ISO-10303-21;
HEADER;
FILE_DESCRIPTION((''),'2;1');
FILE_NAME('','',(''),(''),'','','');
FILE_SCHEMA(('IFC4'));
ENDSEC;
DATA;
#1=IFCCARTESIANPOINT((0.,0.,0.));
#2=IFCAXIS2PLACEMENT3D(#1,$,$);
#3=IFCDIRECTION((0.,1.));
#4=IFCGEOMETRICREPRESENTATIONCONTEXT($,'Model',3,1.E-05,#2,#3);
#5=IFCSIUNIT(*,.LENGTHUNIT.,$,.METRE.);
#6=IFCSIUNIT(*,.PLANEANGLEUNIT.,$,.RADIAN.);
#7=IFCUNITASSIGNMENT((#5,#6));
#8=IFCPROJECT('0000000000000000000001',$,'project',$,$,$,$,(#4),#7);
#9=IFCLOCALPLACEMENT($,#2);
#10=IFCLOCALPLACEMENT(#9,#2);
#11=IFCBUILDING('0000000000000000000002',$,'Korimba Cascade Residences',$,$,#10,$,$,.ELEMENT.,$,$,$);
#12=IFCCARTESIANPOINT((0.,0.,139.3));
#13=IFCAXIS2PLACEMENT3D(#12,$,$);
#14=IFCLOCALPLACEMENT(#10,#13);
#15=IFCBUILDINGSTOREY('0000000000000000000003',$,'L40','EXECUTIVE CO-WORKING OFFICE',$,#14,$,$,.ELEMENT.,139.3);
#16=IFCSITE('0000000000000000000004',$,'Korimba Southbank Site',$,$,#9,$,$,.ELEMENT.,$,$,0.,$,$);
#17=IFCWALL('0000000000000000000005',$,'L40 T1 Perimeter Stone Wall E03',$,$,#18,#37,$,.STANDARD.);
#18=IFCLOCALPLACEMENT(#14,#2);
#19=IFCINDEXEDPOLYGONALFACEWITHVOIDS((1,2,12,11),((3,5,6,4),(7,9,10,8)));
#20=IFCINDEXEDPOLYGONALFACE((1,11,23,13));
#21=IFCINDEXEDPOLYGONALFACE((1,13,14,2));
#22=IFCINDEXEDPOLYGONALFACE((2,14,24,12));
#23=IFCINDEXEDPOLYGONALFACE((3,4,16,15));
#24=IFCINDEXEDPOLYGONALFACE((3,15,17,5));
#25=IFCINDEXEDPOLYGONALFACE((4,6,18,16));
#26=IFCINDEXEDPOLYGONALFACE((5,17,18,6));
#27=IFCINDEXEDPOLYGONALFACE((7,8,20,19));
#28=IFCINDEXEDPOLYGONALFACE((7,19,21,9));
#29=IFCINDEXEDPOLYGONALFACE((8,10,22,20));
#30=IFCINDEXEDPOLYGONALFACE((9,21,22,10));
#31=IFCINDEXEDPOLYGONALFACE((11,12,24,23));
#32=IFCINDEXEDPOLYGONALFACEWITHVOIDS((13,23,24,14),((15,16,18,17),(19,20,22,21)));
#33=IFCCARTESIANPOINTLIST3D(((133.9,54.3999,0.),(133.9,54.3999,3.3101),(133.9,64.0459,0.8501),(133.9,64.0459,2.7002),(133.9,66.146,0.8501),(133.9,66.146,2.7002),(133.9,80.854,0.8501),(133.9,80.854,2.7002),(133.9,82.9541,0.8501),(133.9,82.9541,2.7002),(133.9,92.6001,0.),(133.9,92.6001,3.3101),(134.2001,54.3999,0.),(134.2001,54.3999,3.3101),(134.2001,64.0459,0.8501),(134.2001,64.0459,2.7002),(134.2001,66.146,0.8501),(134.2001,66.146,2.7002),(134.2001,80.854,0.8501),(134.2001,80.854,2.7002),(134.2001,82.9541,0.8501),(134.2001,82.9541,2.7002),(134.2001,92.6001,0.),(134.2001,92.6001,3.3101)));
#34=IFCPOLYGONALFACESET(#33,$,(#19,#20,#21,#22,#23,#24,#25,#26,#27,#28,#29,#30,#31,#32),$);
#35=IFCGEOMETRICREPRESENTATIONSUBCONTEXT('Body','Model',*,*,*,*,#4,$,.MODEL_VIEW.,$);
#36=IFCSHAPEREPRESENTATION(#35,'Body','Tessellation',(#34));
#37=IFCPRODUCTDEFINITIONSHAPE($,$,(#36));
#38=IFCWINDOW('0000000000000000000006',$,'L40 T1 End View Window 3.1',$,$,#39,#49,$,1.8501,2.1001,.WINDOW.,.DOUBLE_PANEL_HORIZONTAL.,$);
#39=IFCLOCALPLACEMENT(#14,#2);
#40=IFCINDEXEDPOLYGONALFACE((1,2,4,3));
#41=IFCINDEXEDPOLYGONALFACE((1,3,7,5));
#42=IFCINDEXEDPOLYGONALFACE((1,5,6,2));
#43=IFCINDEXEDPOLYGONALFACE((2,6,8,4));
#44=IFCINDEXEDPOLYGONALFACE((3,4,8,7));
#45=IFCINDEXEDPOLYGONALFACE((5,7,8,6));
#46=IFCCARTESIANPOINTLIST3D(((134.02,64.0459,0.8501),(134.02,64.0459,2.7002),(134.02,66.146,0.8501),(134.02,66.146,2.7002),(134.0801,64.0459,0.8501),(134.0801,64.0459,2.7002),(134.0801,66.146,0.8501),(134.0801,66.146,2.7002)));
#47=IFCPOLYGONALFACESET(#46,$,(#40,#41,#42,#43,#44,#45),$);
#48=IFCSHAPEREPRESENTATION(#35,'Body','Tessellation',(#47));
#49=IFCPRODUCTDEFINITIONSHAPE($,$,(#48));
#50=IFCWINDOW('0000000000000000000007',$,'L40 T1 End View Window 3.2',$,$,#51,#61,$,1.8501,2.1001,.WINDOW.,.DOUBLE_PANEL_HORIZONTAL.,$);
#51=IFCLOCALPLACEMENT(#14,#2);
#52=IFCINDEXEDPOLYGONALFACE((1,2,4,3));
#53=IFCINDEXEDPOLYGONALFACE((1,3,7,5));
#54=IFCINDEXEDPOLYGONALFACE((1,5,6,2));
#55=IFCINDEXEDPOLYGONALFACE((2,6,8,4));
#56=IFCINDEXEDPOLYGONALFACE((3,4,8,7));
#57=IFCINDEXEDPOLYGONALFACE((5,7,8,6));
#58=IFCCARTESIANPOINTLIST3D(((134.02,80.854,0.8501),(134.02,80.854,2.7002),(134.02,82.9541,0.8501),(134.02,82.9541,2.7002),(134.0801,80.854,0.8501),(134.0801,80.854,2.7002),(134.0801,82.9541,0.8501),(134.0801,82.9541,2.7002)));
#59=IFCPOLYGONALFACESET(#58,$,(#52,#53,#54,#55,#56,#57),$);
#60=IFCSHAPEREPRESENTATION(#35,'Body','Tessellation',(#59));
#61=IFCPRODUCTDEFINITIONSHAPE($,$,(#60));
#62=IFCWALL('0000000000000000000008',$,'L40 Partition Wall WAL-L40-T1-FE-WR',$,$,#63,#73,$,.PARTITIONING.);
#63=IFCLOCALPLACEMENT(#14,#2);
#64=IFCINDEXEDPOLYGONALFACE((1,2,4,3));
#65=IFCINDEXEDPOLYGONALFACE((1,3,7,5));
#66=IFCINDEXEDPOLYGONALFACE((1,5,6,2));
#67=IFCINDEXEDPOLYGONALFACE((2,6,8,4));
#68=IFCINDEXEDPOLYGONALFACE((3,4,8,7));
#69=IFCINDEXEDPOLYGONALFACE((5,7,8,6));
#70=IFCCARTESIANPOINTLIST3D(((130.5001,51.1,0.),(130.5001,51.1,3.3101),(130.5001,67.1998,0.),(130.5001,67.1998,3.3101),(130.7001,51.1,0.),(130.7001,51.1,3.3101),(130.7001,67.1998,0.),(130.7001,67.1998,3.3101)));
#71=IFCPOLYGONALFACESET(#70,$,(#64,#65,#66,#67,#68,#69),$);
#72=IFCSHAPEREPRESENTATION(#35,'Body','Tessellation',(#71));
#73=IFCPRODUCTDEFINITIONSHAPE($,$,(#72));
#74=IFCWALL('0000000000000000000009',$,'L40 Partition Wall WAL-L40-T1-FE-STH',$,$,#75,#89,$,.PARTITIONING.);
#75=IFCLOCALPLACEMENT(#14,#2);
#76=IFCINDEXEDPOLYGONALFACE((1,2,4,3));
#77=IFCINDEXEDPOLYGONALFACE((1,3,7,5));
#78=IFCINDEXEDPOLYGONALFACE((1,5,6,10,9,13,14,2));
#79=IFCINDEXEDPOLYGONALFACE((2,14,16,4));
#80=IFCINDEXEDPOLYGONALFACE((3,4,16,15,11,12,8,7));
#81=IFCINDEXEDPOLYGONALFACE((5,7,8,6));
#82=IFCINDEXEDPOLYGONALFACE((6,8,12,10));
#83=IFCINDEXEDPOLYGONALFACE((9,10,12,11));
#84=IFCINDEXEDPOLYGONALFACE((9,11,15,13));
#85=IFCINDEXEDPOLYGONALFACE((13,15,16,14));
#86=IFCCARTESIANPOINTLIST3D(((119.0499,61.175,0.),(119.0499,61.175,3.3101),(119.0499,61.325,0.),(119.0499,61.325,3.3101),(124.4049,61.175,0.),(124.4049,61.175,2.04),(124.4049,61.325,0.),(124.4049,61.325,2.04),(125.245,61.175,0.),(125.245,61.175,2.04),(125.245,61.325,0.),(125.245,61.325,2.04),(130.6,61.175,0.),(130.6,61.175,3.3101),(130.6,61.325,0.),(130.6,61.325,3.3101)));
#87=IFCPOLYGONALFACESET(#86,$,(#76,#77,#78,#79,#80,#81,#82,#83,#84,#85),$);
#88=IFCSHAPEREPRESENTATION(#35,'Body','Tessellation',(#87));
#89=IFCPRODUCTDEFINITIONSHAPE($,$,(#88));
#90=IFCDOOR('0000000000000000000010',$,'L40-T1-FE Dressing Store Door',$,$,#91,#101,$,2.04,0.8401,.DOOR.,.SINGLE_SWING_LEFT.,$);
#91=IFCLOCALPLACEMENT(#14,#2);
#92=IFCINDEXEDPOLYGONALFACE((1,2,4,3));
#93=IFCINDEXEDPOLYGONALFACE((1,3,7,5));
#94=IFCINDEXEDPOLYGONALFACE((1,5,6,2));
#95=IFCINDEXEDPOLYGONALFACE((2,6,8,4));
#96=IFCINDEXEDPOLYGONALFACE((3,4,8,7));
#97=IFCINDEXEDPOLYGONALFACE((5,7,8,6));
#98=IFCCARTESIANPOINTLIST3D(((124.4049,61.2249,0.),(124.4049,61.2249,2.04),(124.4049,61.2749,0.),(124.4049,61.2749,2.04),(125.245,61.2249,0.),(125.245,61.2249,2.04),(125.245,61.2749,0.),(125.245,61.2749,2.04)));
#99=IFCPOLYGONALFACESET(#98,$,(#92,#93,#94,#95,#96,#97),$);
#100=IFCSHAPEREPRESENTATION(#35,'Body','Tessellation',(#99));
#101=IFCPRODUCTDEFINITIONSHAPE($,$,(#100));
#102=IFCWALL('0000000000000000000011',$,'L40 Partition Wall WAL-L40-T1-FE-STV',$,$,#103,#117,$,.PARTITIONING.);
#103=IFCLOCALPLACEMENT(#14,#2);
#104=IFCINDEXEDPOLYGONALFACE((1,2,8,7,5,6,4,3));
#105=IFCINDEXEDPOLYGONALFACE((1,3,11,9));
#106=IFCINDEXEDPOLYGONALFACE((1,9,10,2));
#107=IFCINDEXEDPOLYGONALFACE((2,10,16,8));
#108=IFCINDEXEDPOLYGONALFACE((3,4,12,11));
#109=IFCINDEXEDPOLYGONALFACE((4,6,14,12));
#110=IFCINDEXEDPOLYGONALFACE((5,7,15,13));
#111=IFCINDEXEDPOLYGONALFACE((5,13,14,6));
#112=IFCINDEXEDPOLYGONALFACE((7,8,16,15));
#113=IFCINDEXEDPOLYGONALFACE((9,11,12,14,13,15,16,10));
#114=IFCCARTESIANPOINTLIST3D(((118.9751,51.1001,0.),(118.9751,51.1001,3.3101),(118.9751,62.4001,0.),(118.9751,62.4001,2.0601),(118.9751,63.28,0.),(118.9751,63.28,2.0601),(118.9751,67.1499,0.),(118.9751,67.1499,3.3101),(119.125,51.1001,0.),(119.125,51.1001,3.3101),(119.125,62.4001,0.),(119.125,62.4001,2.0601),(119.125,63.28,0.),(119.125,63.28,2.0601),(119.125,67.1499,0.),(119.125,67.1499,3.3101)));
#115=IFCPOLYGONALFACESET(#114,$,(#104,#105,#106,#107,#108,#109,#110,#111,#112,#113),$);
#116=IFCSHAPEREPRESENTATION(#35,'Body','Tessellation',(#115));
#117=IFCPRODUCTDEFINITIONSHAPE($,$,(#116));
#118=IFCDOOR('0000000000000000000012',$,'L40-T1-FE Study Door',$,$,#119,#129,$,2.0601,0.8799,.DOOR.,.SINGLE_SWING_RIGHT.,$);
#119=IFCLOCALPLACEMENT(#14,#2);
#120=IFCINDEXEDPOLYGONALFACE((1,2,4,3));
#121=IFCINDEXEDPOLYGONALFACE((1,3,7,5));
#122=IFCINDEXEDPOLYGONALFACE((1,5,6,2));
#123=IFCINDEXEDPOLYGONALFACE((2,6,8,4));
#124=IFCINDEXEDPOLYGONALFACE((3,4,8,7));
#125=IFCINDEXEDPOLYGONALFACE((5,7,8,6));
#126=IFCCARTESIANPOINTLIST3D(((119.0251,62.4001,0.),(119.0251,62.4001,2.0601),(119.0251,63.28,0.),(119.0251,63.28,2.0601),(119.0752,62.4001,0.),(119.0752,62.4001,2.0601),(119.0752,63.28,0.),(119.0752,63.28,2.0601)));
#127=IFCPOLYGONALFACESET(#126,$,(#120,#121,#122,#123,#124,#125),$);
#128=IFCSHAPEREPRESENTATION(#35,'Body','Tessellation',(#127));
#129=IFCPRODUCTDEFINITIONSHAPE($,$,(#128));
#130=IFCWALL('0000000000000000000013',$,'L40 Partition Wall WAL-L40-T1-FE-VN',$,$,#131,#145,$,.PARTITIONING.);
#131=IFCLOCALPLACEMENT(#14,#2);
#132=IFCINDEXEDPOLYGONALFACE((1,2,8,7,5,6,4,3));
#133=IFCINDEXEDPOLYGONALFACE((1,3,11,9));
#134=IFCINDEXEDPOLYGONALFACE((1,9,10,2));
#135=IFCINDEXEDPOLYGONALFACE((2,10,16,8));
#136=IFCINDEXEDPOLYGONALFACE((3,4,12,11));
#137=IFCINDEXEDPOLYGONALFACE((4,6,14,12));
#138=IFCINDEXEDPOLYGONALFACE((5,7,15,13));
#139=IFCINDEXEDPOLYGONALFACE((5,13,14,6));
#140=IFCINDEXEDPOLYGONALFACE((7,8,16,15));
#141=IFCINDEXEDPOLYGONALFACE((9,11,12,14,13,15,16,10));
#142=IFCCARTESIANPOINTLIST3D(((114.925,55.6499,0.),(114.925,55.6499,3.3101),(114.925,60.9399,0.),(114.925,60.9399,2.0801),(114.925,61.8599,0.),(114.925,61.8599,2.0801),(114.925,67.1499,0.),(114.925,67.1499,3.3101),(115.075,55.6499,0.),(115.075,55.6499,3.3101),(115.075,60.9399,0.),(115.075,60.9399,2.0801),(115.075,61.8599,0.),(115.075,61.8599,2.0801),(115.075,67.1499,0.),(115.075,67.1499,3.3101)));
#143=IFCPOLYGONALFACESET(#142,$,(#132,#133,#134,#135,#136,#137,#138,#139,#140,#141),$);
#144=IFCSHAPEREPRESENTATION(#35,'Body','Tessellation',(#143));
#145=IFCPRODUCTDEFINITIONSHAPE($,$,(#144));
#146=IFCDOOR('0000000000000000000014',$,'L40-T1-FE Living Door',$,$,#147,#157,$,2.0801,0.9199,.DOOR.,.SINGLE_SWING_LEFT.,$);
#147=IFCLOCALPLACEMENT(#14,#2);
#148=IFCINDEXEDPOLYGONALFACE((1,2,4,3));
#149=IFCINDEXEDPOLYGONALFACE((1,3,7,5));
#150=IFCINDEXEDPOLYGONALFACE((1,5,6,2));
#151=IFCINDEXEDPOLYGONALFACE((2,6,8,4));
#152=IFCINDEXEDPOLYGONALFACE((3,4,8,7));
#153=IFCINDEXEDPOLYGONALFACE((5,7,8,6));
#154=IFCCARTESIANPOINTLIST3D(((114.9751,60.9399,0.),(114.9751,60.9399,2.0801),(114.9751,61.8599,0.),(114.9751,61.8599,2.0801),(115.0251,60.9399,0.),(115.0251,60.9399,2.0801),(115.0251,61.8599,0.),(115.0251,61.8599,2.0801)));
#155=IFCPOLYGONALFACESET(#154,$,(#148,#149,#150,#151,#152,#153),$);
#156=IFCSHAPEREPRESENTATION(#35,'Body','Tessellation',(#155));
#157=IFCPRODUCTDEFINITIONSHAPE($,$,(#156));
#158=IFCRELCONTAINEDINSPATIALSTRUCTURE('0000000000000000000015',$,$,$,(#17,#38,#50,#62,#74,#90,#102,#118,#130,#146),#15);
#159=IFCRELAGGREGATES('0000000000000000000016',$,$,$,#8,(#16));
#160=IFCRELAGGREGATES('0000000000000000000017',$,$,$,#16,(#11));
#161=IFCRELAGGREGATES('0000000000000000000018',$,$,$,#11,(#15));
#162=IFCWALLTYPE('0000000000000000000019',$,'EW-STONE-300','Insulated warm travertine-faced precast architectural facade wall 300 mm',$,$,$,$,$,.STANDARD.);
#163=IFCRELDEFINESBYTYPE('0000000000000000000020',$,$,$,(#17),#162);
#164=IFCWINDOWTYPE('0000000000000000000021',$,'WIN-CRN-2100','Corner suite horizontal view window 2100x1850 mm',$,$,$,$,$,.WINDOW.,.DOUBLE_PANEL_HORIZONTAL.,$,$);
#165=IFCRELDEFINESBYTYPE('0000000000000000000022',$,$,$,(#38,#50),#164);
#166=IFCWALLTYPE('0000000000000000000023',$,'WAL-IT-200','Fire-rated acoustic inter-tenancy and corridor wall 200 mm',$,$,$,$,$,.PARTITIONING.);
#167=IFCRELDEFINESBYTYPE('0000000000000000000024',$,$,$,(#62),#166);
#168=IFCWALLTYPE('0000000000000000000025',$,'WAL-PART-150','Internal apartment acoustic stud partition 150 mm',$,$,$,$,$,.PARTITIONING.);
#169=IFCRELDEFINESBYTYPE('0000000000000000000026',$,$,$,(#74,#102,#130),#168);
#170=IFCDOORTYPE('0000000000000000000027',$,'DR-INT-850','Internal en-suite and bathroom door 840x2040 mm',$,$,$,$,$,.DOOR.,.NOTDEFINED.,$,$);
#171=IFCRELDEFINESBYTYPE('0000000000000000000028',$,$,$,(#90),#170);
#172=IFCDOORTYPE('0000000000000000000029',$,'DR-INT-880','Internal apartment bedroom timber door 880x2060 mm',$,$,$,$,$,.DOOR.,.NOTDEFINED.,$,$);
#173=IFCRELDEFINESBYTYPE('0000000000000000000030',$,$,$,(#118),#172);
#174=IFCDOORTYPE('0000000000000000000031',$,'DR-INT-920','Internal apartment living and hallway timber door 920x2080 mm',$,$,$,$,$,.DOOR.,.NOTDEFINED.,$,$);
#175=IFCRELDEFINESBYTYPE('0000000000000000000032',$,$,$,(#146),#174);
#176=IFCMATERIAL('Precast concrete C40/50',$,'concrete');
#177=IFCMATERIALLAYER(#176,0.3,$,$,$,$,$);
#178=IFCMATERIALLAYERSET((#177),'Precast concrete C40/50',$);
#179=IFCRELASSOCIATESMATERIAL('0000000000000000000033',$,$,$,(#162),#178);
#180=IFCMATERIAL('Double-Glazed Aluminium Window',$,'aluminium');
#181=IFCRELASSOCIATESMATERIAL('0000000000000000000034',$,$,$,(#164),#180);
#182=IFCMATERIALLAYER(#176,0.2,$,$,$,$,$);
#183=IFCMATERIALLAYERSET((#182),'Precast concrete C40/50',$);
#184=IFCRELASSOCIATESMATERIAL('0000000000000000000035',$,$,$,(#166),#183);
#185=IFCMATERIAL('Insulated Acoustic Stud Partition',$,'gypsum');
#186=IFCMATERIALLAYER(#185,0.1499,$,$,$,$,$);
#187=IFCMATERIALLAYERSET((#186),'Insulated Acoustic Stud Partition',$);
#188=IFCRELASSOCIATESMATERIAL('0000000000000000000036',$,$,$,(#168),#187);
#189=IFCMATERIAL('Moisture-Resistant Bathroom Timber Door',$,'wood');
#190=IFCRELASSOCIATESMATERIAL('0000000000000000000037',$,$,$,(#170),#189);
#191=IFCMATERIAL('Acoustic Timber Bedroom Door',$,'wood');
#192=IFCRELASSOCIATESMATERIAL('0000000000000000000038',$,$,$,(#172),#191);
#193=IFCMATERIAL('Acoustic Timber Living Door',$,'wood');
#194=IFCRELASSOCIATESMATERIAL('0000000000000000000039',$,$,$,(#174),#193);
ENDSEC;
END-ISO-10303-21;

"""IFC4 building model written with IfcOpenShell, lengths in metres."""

from ifc_helpers import new_model, si_unit, direction, frame, frame_2d, origin, place, context, subcontext, project, spatial, rectangle, extrude, material, layer, layer_set, type_object, element, fill, save


model = new_model("IFC4")

# Units and contexts
model_context = context("Model", 3, precision=1e-05, world=origin(), true_north=direction((0.0, 1.0)))
body_context = subcontext(model_context, "Body", "Model", "MODEL_VIEW")
ifc_project = project(units=[si_unit("LENGTHUNIT", "METRE"), si_unit("PLANEANGLEUNIT", "RADIAN")], contexts=[model_context])

# Site, building, storey
site_placement = place(None, origin())
site = spatial("IfcSite", under=ifc_project, at=site_placement, Name="Korimba Southbank Site", CompositionType="ELEMENT", RefElevation=0.0)
building_placement = place(site_placement, origin())
building = spatial("IfcBuilding", under=site, at=building_placement, Name="Korimba Cascade Residences", CompositionType="ELEMENT")
storey_placement = place(building_placement, frame((0.0, 0.0, 139.3)))
storey = spatial("IfcBuildingStorey", under=building, at=storey_placement, Name="L40", Description="EXECUTIVE CO-WORKING OFFICE", CompositionType="ELEMENT", Elevation=139.3)

# Shared definitions
ifc_material_1 = material(Name="Precast concrete C40/50", Category="concrete")
ifc_layer_1 = layer(ifc_material_1, 0.3)
ifc_layer_set_1 = layer_set([ifc_layer_1], Name="Precast concrete C40/50")
wall_type_1 = type_object("IfcWallType", Name="EW-STONE-300", Description="Insulated warm travertine-faced precast architectural facade wall 300 mm", PredefinedType="STANDARD", material=ifc_layer_set_1)

# Wall, openings, windows
wall_1_placement = place(storey_placement, frame((134.05, 54.3999, 0.0), z_axis=(0.0, 0.0, 1.0), x_axis=(0.0, 1.0, 0.0)))
wall_1 = element("IfcWall", 1, at=wall_1_placement, inside=storey, type_object=wall_type_1, Name="L40 T1 Perimeter Stone Wall E03", PredefinedType="STANDARD", context=body_context, shape_type="SweptSolid", body=[
    extrude(rectangle(XDim=38.2002, YDim=0.3, at=frame_2d((19.1001, 0.0))), origin(), (0.0, 0.0, 1.0), 3.3101),
])
opening_1_placement = place(wall_1_placement, frame((9.646, 0.0, 0.8501)))
opening_1 = element("IfcOpeningElement", 2, at=opening_1_placement, cuts=wall_1, PredefinedType="OPENING", context=body_context, shape_type="SweptSolid", body=[
    extrude(rectangle(XDim=2.1001, YDim=1.8501, at=frame_2d((1.05, 0.925))), frame((0.0, 0.1602, 0.0), z_axis=(0.0, -1.0, 0.0), x_axis=(1.0, 0.0, 0.0)), (0.0, 0.0, 1.0), 0.3201),
])
opening_2_placement = place(wall_1_placement, frame((26.4541, 0.0, 0.8501)))
opening_2 = element("IfcOpeningElement", 3, at=opening_2_placement, cuts=wall_1, PredefinedType="OPENING", context=body_context, shape_type="SweptSolid", body=[
    extrude(rectangle(XDim=2.1001, YDim=1.8501, at=frame_2d((1.05, 0.925))), frame((0.0, 0.1602, 0.0), z_axis=(0.0, -1.0, 0.0), x_axis=(1.0, 0.0, 0.0)), (0.0, 0.0, 1.0), 0.3201),
])
ifc_material_2 = material(Name="Double-Glazed Aluminium Window", Category="aluminium")
window_type = type_object("IfcWindowType", Name="WIN-CRN-2100", Description="Corner suite horizontal view window 2100x1850 mm", PartitioningType="DOUBLE_PANEL_HORIZONTAL", PredefinedType="WINDOW", material=ifc_material_2)
window_1_placement = place(opening_1_placement, origin())
window_1 = element("IfcWindow", 4, at=window_1_placement, inside=storey, type_object=window_type, Name="L40 T1 End View Window 3.1", OverallHeight=1.8501, OverallWidth=2.1001, PartitioningType="DOUBLE_PANEL_HORIZONTAL", PredefinedType="WINDOW", context=body_context, shape_type="SweptSolid", body=[
    extrude(rectangle(XDim=2.1001, YDim=1.8501, at=frame_2d((1.05, 0.925))), frame((0.0, 0.03, 0.0), z_axis=(0.0, -1.0, 0.0), x_axis=(1.0, 0.0, 0.0)), (0.0, 0.0, 1.0), 0.0601),
])
fill(opening_1, window_1)
window_2_placement = place(opening_2_placement, origin())
window_2 = element("IfcWindow", 5, at=window_2_placement, inside=storey, type_object=window_type, Name="L40 T1 End View Window 3.2", OverallHeight=1.8501, OverallWidth=2.1001, PartitioningType="DOUBLE_PANEL_HORIZONTAL", PredefinedType="WINDOW", context=body_context, shape_type="SweptSolid", body=[
    extrude(rectangle(XDim=2.1001, YDim=1.8501, at=frame_2d((1.05, 0.925))), frame((0.0, 0.03, 0.0), z_axis=(0.0, -1.0, 0.0), x_axis=(1.0, 0.0, 0.0)), (0.0, 0.0, 1.0), 0.0601),
])
fill(opening_2, window_2)

# Wall
ifc_layer_2 = layer(ifc_material_1, 0.2)
ifc_layer_set_2 = layer_set([ifc_layer_2], Name="Precast concrete C40/50")
wall_type_2 = type_object("IfcWallType", Name="WAL-IT-200", Description="Fire-rated acoustic inter-tenancy and corridor wall 200 mm", PredefinedType="PARTITIONING", material=ifc_layer_set_2)
wall_2_placement = place(storey_placement, frame((130.6001, 51.1001, 0.0), z_axis=(0.0, 0.0, 1.0), x_axis=(0.0, 1.0, 0.0)))
element("IfcWall", 6, at=wall_2_placement, inside=storey, type_object=wall_type_2, Name="L40 Partition Wall WAL-L40-T1-FE-WR", PredefinedType="PARTITIONING", context=body_context, shape_type="SweptSolid", body=[
    extrude(rectangle(XDim=16.0999, YDim=0.2, at=frame_2d((8.0498, 0.0))), origin(), (0.0, 0.0, 1.0), 3.3101),
])

# Walls, openings, doors
ifc_material_3 = material(Name="Insulated Acoustic Stud Partition", Category="gypsum")
ifc_layer_3 = layer(ifc_material_3, 0.1499)
ifc_layer_set_3 = layer_set([ifc_layer_3], Name="Insulated Acoustic Stud Partition")
wall_type_3 = type_object("IfcWallType", Name="WAL-PART-150", Description="Internal apartment acoustic stud partition 150 mm", PredefinedType="PARTITIONING", material=ifc_layer_set_3)
wall_3_placement = place(storey_placement, frame((119.05, 61.25, 0.0), z_axis=(0.0, 0.0, 1.0), x_axis=(1.0, 0.0, 0.0)))
wall_3 = element("IfcWall", 7, at=wall_3_placement, inside=storey, type_object=wall_type_3, Name="L40 Partition Wall WAL-L40-T1-FE-STH", PredefinedType="PARTITIONING", context=body_context, shape_type="SweptSolid", body=[
    extrude(rectangle(XDim=11.55, YDim=0.1499, at=frame_2d((5.7749, 0.0))), origin(), (0.0, 0.0, 1.0), 3.3101),
])
opening_3_placement = place(wall_3_placement, frame((5.355, 0.0, 0.0)))
opening_3 = element("IfcOpeningElement", 8, at=opening_3_placement, cuts=wall_3, PredefinedType="OPENING", context=body_context, shape_type="SweptSolid", body=[
    extrude(rectangle(XDim=0.8401, YDim=2.04, at=frame_2d((0.4199, 1.02))), frame((0.0, 0.085, 0.0), z_axis=(0.0, -1.0, 0.0), x_axis=(1.0, 0.0, 0.0)), (0.0, 0.0, 1.0), 0.1699),
])
ifc_material_4 = material(Name="Moisture-Resistant Bathroom Timber Door", Category="wood")
door_type_1 = type_object("IfcDoorType", Name="DR-INT-850", Description="Internal en-suite and bathroom door 840x2040 mm", OperationType="NOTDEFINED", PredefinedType="DOOR", material=ifc_material_4)
door_1_placement = place(opening_3_placement, origin())
door_1 = element("IfcDoor", 9, at=door_1_placement, inside=storey, type_object=door_type_1, Name="L40-T1-FE Dressing Store Door", OperationType="SINGLE_SWING_LEFT", OverallHeight=2.04, OverallWidth=0.8401, PredefinedType="DOOR", context=body_context, shape_type="SweptSolid", body=[
    extrude(rectangle(XDim=0.8401, YDim=2.04, at=frame_2d((0.4199, 1.02))), frame((0.0, 0.0249, 0.0), z_axis=(0.0, -1.0, 0.0), x_axis=(1.0, 0.0, 0.0)), (0.0, 0.0, 1.0), 0.05),
])
fill(opening_3, door_1)
wall_4_placement = place(storey_placement, frame((119.05, 51.1001, 0.0), z_axis=(0.0, 0.0, 1.0), x_axis=(0.0, 1.0, 0.0)))
wall_4 = element("IfcWall", 10, at=wall_4_placement, inside=storey, type_object=wall_type_3, Name="L40 Partition Wall WAL-L40-T1-FE-STV", PredefinedType="PARTITIONING", context=body_context, shape_type="SweptSolid", body=[
    extrude(rectangle(XDim=16.0498, YDim=0.1499, at=frame_2d((8.0249, 0.0))), origin(), (0.0, 0.0, 1.0), 3.3101),
])
opening_4_placement = place(wall_4_placement, frame((11.3, 0.0, 0.0)))
opening_4 = element("IfcOpeningElement", 11, at=opening_4_placement, cuts=wall_4, PredefinedType="OPENING", context=body_context, shape_type="SweptSolid", body=[
    extrude(rectangle(XDim=0.8799, YDim=2.0601, at=frame_2d((0.4399, 1.03))), frame((0.0, 0.085, 0.0), z_axis=(0.0, -1.0, 0.0), x_axis=(1.0, 0.0, 0.0)), (0.0, 0.0, 1.0), 0.1699),
])
ifc_material_5 = material(Name="Acoustic Timber Bedroom Door", Category="wood")
door_type_2 = type_object("IfcDoorType", Name="DR-INT-880", Description="Internal apartment bedroom timber door 880x2060 mm", OperationType="NOTDEFINED", PredefinedType="DOOR", material=ifc_material_5)
door_2_placement = place(opening_4_placement, origin())
door_2 = element("IfcDoor", 12, at=door_2_placement, inside=storey, type_object=door_type_2, Name="L40-T1-FE Study Door", OperationType="SINGLE_SWING_RIGHT", OverallHeight=2.0601, OverallWidth=0.8799, PredefinedType="DOOR", context=body_context, shape_type="SweptSolid", body=[
    extrude(rectangle(XDim=0.8799, YDim=2.0601, at=frame_2d((0.4399, 1.03))), frame((0.0, 0.0249, 0.0), z_axis=(0.0, -1.0, 0.0), x_axis=(1.0, 0.0, 0.0)), (0.0, 0.0, 1.0), 0.05),
])
fill(opening_4, door_2)
wall_5_placement = place(storey_placement, frame((115.0, 55.6499, 0.0), z_axis=(0.0, 0.0, 1.0), x_axis=(0.0, 1.0, 0.0)))
wall_5 = element("IfcWall", 13, at=wall_5_placement, inside=storey, type_object=wall_type_3, Name="L40 Partition Wall WAL-L40-T1-FE-VN", PredefinedType="PARTITIONING", context=body_context, shape_type="SweptSolid", body=[
    extrude(rectangle(XDim=11.5, YDim=0.1499, at=frame_2d((5.75, 0.0))), origin(), (0.0, 0.0, 1.0), 3.3101),
])
opening_5_placement = place(wall_5_placement, frame((5.29, 0.0, 0.0)))
opening_5 = element("IfcOpeningElement", 14, at=opening_5_placement, cuts=wall_5, PredefinedType="OPENING", context=body_context, shape_type="SweptSolid", body=[
    extrude(rectangle(XDim=0.9199, YDim=2.0801, at=frame_2d((0.46, 1.04))), frame((0.0, 0.085, 0.0), z_axis=(0.0, -1.0, 0.0), x_axis=(1.0, 0.0, 0.0)), (0.0, 0.0, 1.0), 0.1699),
])
ifc_material_6 = material(Name="Acoustic Timber Living Door", Category="wood")
door_type_3 = type_object("IfcDoorType", Name="DR-INT-920", Description="Internal apartment living and hallway timber door 920x2080 mm", OperationType="NOTDEFINED", PredefinedType="DOOR", material=ifc_material_6)
door_3_placement = place(opening_5_placement, origin())
door_3 = element("IfcDoor", 15, at=door_3_placement, inside=storey, type_object=door_type_3, Name="L40-T1-FE Living Door", OperationType="SINGLE_SWING_LEFT", OverallHeight=2.0801, OverallWidth=0.9199, PredefinedType="DOOR", context=body_context, shape_type="SweptSolid", body=[
    extrude(rectangle(XDim=0.9199, YDim=2.0801, at=frame_2d((0.46, 1.04))), frame((0.0, 0.0249, 0.0), z_axis=(0.0, -1.0, 0.0), x_axis=(1.0, 0.0, 0.0)), (0.0, 0.0, 1.0), 0.05),
])
fill(opening_5, door_3)

save(model, "model.ifc")
